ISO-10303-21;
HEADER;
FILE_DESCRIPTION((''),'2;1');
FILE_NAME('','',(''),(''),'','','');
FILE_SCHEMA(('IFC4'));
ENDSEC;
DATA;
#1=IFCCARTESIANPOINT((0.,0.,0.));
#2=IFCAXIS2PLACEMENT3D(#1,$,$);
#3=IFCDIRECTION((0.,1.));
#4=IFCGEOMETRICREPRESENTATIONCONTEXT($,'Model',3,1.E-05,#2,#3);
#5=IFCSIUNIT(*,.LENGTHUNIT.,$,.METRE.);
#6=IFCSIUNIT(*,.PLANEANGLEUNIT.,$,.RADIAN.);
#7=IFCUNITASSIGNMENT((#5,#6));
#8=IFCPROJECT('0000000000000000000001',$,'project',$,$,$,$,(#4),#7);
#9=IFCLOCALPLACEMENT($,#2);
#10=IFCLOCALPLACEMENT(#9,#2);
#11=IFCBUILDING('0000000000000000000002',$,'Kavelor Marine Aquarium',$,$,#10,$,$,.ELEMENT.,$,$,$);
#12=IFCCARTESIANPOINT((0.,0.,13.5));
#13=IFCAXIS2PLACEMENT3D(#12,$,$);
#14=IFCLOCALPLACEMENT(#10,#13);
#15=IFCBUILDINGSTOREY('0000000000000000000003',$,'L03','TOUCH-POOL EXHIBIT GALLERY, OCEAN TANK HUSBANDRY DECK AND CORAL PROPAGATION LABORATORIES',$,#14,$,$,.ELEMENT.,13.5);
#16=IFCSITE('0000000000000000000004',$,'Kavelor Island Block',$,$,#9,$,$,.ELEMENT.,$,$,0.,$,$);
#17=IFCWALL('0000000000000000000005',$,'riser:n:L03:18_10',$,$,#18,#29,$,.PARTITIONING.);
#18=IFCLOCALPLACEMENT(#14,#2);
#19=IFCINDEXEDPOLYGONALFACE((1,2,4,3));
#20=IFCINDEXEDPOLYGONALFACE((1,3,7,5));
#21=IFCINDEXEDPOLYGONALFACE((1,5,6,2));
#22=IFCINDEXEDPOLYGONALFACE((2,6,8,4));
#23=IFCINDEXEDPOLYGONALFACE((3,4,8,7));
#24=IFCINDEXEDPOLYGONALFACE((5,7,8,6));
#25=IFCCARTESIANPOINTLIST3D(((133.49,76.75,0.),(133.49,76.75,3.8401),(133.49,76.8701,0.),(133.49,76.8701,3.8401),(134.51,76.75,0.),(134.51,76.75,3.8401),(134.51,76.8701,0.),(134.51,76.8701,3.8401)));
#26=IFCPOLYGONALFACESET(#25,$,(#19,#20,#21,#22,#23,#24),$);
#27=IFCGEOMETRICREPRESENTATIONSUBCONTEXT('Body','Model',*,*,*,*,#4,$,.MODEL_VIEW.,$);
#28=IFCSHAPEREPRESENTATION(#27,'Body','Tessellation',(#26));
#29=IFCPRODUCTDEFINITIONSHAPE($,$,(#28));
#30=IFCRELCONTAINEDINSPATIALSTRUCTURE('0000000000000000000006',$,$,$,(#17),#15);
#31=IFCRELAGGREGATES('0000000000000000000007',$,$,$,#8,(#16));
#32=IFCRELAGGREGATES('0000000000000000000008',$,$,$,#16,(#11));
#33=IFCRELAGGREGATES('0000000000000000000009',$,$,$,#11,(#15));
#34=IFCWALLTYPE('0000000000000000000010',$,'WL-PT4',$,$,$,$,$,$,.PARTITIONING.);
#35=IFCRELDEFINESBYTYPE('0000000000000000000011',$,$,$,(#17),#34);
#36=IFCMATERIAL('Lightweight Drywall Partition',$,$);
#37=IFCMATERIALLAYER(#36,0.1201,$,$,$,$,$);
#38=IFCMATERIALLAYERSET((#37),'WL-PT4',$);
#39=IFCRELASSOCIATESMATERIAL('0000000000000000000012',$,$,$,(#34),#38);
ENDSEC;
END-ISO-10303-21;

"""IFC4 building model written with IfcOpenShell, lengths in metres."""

from ifc_helpers import new_model, si_unit, direction, frame, frame_2d, origin, place, context, subcontext, project, spatial, rectangle, extrude, material, layer, layer_set, type_object, element, save


model = new_model("IFC4")

# Units and contexts
model_context = context("Model", 3, precision=1e-05, world=origin(), true_north=direction((0.0, 1.0)))
body_context = subcontext(model_context, "Body", "Model", "MODEL_VIEW")
ifc_project = project(units=[si_unit("LENGTHUNIT", "METRE"), si_unit("PLANEANGLEUNIT", "RADIAN")], contexts=[model_context])

# Site, building, storey
site_placement = place(None, origin())
site = spatial("IfcSite", under=ifc_project, at=site_placement, Name="Kavelor Island Block", CompositionType="ELEMENT", RefElevation=0.0)
building_placement = place(site_placement, origin())
building = spatial("IfcBuilding", under=site, at=building_placement, Name="Kavelor Marine Aquarium", CompositionType="ELEMENT")
storey_placement = place(building_placement, frame((0.0, 0.0, 13.5)))
storey = spatial("IfcBuildingStorey", under=building, at=storey_placement, Name="L03", Description="TOUCH-POOL EXHIBIT GALLERY, OCEAN TANK HUSBANDRY DECK AND CORAL PROPAGATION LABORATORIES", CompositionType="ELEMENT", Elevation=13.5)

# Wall
ifc_material_1 = material(Name="Lightweight Drywall Partition")
ifc_layer_1 = layer(ifc_material_1, 0.1201)
ifc_layer_set_1 = layer_set([ifc_layer_1], Name="WL-PT4")
wall_type_1 = type_object("IfcWallType", Name="WL-PT4", PredefinedType="PARTITIONING", material=ifc_layer_set_1)
wall_1_placement = place(storey_placement, frame((133.49, 76.8101, 0.0), z_axis=(0.0, 0.0, 1.0), x_axis=(1.0, 0.0, 0.0)))
element("IfcWall", 1, at=wall_1_placement, inside=storey, type_object=wall_type_1, Name="riser:n:L03:18_10", PredefinedType="PARTITIONING", context=body_context, shape_type="SweptSolid", body=[
    extrude(rectangle(XDim=1.02, YDim=0.1201, at=frame_2d((0.51, 0.0))), origin(), (0.0, 0.0, 1.0), 3.8401),
])

save(model, "model.ifc")
